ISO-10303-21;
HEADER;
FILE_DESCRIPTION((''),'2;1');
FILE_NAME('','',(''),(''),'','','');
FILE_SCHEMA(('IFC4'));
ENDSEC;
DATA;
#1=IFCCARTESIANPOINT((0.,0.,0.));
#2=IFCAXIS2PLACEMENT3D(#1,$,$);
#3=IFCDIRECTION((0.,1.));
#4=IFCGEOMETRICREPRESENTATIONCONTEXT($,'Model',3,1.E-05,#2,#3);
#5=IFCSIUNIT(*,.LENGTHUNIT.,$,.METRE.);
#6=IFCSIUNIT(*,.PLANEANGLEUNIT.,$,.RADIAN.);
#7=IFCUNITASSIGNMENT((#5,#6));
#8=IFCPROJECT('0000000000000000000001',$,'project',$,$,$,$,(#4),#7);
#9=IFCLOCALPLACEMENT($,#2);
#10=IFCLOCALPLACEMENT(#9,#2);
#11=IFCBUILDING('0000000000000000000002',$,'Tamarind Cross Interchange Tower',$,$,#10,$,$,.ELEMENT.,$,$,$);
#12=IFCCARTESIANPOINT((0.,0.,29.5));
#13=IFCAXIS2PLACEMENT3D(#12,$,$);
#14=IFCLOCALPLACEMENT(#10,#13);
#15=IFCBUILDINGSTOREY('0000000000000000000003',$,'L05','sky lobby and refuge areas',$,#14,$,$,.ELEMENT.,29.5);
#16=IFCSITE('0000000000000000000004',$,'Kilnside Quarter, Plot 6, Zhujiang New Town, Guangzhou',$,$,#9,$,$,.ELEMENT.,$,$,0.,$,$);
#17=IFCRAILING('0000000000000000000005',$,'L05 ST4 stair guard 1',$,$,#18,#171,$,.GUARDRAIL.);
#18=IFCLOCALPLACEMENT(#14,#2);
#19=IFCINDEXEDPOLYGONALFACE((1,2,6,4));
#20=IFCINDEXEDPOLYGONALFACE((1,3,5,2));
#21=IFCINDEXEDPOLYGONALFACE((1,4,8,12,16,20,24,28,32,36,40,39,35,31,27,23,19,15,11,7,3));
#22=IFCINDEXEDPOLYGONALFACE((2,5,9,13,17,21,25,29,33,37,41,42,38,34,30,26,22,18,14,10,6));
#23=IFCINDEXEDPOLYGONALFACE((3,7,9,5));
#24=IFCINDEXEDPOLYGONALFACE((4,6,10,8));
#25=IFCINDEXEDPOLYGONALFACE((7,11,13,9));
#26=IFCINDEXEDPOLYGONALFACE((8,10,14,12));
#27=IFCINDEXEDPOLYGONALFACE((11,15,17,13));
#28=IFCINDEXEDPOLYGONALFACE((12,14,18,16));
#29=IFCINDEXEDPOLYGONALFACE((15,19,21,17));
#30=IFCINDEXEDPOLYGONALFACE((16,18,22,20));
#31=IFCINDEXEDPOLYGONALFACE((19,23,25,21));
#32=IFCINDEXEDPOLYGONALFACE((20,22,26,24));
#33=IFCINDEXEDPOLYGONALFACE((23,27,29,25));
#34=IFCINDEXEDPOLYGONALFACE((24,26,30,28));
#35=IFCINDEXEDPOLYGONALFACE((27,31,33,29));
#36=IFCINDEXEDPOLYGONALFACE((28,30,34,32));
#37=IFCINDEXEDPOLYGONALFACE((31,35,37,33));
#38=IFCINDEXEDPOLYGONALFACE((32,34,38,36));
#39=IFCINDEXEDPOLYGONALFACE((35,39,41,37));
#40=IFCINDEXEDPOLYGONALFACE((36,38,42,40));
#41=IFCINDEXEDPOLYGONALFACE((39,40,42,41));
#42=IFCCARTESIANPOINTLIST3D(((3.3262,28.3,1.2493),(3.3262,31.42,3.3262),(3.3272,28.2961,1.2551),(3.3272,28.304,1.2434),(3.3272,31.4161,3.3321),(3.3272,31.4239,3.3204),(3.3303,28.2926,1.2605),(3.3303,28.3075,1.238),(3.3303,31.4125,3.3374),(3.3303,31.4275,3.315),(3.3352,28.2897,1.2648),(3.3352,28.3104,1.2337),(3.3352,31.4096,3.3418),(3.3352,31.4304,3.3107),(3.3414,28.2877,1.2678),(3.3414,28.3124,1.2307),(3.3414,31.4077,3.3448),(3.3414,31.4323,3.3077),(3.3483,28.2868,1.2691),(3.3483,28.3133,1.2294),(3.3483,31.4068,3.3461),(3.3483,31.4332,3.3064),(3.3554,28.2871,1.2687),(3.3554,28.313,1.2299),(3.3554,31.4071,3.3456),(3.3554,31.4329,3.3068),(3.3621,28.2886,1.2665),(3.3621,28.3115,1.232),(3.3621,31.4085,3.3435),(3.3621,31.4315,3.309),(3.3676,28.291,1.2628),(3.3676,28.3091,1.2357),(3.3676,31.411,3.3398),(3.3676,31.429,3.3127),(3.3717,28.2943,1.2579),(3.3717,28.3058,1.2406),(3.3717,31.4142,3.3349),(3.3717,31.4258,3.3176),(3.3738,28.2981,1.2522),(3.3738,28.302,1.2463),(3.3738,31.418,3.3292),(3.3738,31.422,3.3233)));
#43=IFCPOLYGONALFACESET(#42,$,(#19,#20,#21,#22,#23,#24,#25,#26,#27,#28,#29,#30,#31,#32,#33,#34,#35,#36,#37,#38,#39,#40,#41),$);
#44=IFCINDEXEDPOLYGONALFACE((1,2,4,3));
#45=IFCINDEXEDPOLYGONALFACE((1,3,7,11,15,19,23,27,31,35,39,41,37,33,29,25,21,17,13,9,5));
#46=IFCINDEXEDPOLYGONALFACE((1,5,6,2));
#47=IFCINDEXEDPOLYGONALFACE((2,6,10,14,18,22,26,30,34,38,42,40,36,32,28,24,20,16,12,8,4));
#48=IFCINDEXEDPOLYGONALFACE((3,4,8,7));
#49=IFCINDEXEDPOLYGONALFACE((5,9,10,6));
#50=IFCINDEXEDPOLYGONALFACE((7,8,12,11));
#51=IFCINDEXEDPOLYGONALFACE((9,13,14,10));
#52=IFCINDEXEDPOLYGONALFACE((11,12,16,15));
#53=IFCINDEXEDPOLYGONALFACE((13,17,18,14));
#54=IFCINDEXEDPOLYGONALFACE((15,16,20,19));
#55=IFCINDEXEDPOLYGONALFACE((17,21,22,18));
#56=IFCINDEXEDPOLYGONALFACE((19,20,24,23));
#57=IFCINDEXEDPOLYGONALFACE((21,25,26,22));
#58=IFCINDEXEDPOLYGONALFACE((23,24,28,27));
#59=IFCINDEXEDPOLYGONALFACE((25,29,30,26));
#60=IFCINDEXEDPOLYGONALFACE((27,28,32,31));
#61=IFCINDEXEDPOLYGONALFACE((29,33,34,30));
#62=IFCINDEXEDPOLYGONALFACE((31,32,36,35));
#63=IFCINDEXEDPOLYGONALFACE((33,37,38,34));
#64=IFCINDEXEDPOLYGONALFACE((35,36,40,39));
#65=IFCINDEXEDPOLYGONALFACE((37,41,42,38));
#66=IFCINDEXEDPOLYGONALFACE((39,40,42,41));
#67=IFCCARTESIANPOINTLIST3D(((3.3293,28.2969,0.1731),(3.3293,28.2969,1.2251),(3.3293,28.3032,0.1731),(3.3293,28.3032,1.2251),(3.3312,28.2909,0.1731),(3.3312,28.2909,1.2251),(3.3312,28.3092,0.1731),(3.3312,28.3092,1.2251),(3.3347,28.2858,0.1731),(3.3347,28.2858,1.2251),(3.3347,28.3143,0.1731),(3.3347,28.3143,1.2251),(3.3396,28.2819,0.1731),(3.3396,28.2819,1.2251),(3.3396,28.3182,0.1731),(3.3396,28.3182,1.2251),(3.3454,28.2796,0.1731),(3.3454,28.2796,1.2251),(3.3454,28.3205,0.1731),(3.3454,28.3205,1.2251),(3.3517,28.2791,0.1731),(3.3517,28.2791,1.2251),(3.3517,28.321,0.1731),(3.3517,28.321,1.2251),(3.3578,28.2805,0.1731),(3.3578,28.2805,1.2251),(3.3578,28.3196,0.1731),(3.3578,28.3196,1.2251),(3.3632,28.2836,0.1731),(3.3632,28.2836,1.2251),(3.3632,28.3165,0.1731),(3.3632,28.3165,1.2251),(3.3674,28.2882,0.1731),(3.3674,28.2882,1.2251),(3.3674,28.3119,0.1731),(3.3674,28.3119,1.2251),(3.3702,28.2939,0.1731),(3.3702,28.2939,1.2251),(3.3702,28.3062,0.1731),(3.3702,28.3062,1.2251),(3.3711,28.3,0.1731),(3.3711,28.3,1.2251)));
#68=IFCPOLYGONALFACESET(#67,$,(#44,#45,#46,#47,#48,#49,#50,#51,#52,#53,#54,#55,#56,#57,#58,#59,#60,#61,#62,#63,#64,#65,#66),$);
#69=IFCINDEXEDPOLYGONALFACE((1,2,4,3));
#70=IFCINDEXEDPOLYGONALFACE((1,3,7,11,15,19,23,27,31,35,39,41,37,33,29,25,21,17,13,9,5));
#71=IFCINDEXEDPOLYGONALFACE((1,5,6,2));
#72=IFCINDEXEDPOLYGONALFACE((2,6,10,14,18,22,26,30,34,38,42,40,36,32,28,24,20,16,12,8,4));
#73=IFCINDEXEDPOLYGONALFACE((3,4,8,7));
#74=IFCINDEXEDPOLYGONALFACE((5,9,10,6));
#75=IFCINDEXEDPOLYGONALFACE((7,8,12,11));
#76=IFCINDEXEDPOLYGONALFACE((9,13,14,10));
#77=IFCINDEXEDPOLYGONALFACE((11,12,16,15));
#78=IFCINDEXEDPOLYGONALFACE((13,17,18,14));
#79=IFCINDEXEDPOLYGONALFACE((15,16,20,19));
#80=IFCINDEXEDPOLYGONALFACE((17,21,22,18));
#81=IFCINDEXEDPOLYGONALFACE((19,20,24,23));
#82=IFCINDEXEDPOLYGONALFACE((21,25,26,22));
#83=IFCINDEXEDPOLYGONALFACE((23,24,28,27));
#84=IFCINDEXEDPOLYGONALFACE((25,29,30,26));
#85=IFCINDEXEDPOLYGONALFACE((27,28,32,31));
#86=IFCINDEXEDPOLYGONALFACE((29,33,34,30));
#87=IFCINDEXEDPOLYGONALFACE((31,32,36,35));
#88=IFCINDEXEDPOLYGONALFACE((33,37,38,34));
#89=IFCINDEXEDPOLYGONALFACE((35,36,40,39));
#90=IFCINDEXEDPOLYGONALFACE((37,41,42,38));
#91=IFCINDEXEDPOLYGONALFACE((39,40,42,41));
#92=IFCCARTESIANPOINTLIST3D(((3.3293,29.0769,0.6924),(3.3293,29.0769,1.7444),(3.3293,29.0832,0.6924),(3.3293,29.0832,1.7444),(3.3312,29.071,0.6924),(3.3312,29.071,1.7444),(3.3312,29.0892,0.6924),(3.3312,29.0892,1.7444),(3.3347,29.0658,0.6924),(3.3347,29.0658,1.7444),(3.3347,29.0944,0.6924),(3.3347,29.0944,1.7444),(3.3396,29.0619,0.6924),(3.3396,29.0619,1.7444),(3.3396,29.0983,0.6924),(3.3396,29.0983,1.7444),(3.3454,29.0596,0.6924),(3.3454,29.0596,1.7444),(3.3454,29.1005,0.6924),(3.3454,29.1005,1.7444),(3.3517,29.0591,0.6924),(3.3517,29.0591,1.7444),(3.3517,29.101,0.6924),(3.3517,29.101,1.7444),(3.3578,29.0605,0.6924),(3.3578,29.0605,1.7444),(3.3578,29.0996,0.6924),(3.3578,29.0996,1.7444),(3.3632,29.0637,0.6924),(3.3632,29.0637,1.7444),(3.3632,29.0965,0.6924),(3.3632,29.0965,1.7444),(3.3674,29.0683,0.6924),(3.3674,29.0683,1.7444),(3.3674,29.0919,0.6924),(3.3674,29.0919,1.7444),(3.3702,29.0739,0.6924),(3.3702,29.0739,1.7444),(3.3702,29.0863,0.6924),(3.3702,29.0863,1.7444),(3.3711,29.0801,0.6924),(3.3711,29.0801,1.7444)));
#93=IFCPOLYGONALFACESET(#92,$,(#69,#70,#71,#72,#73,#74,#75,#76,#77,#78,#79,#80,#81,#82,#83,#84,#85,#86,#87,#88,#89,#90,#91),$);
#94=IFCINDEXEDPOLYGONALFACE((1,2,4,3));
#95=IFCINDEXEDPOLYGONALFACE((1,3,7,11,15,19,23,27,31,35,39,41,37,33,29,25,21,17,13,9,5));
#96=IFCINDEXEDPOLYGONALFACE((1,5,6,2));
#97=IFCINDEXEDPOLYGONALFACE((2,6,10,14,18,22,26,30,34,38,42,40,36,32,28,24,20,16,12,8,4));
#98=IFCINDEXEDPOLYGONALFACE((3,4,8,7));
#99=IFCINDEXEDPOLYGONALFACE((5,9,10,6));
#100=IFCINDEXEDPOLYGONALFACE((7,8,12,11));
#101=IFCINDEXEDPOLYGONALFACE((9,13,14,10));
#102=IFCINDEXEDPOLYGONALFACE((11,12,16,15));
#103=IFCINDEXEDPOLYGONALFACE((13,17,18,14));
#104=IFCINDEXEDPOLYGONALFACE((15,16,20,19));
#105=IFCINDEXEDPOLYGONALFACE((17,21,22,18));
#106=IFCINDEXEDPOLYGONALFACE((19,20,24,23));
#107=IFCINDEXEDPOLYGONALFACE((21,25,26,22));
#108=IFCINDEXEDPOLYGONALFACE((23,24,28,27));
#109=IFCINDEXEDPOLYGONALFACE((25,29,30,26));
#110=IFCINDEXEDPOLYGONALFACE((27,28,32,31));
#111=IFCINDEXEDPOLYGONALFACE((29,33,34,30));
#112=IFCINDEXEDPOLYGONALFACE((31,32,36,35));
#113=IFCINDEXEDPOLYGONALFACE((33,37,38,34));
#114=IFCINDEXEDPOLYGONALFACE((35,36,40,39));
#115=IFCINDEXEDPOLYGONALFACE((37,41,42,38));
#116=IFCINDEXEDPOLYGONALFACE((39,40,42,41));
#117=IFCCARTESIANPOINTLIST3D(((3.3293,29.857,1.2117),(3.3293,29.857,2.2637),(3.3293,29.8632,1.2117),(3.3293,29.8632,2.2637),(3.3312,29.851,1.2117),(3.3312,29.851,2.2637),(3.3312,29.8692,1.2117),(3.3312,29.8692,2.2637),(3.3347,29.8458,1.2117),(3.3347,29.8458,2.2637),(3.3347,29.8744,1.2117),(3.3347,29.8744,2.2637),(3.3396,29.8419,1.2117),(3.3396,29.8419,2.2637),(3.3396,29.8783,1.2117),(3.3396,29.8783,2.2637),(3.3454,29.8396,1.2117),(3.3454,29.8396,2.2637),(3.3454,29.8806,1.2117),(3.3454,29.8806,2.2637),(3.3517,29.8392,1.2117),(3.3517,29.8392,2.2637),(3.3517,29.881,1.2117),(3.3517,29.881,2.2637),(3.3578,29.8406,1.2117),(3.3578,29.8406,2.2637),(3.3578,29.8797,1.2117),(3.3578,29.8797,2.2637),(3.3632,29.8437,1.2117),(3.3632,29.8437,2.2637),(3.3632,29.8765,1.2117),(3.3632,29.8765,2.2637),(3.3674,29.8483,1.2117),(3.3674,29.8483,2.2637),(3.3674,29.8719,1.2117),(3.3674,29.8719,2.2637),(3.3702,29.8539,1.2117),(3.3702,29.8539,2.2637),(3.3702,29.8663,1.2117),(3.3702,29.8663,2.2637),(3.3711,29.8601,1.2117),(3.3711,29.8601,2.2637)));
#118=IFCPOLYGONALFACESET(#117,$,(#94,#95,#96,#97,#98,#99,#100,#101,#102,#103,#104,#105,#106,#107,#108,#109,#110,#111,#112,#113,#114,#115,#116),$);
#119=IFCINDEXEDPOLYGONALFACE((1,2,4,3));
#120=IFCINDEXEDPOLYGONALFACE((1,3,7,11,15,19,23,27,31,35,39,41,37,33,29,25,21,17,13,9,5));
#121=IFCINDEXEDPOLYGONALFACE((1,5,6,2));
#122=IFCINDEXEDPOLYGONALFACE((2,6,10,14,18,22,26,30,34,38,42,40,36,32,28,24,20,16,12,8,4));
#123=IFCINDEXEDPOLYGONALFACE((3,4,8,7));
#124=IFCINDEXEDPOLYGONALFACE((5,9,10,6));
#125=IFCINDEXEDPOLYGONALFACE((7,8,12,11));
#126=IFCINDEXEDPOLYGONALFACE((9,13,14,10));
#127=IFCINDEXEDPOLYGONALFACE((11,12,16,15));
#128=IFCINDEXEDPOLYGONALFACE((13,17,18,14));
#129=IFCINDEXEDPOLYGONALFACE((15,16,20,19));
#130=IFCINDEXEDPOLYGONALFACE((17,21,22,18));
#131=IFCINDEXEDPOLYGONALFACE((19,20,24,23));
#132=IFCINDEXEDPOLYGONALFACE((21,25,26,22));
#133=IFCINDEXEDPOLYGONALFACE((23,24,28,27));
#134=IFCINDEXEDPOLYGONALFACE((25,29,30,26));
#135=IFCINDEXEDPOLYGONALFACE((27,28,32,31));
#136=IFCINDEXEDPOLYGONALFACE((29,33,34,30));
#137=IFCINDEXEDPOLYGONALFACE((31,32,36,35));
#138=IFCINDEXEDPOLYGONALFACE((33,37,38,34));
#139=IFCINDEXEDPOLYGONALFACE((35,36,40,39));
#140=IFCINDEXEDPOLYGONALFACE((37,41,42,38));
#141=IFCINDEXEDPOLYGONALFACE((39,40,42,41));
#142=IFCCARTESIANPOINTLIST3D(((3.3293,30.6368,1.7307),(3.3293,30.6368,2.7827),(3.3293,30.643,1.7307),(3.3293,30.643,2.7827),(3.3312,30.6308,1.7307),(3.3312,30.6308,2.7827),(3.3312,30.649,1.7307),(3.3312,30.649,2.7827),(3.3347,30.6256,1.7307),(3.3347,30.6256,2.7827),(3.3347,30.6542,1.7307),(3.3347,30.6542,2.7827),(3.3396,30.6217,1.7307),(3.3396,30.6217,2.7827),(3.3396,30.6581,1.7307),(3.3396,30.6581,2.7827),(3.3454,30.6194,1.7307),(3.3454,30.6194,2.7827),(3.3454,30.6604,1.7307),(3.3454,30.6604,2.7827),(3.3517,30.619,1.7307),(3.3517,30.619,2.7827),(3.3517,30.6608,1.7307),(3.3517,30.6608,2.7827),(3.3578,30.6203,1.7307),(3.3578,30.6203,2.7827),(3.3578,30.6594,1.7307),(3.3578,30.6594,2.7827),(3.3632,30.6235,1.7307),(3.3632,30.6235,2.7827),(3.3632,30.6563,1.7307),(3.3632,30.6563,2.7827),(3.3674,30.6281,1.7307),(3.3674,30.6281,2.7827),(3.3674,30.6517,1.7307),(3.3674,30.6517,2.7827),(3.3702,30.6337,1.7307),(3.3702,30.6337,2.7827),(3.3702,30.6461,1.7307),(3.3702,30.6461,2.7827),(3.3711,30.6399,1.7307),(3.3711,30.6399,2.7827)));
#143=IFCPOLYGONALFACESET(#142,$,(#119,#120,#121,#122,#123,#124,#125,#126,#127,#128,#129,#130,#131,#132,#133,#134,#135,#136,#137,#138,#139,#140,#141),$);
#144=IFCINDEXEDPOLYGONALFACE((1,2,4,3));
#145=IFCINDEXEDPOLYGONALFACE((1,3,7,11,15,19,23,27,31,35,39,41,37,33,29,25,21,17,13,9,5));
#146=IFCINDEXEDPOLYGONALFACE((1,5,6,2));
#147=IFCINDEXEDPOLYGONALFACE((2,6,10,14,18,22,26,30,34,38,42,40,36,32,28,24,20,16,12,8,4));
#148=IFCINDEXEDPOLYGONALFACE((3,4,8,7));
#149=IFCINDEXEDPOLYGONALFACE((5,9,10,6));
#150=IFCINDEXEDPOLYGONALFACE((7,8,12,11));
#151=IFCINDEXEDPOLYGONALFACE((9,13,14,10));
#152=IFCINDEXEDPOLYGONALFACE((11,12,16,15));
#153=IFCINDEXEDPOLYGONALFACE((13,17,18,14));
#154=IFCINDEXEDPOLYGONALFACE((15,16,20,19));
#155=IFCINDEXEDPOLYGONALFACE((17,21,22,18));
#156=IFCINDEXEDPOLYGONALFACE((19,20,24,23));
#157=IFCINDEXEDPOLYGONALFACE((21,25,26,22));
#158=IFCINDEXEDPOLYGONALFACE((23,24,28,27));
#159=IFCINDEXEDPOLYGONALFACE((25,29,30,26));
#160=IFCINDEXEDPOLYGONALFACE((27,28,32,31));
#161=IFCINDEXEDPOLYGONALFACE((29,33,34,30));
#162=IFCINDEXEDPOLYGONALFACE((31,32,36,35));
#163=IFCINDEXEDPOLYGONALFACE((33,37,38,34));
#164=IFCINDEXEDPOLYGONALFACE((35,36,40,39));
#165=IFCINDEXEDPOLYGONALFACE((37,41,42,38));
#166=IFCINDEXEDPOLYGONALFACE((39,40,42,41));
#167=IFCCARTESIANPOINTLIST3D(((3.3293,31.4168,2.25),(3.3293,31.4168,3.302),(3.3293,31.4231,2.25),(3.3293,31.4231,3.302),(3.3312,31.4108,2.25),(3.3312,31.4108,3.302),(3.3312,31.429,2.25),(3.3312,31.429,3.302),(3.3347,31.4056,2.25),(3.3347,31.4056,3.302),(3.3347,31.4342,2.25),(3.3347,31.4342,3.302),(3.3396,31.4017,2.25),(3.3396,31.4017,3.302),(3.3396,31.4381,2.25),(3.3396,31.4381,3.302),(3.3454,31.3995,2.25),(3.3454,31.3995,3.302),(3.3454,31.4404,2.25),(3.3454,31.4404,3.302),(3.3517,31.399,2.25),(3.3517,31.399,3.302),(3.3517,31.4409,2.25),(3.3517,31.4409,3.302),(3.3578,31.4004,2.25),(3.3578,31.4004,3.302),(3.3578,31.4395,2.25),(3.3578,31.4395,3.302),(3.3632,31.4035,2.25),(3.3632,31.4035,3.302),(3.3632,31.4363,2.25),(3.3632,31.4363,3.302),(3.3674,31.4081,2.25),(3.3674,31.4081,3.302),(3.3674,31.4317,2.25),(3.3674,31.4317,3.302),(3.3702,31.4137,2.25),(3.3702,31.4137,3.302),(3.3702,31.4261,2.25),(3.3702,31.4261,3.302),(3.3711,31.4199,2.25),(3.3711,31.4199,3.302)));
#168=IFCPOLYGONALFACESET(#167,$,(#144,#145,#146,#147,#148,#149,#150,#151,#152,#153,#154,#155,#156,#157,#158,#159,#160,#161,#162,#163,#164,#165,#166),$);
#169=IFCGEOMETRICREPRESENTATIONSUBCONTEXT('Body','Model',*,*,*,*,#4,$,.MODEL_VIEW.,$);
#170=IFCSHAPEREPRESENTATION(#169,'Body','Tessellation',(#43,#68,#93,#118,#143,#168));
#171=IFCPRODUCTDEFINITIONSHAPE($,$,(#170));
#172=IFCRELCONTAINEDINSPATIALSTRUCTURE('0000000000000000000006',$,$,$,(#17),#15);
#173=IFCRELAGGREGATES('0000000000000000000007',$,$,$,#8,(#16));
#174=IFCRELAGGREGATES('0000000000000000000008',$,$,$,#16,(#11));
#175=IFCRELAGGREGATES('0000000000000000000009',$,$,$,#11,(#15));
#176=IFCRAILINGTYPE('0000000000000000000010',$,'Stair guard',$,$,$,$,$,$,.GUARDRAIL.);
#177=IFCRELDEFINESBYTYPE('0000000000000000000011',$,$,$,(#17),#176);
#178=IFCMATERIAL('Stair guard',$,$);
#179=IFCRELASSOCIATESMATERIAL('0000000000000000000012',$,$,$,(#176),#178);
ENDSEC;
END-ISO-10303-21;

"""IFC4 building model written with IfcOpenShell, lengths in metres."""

from ifc_helpers import new_model, si_unit, direction, frame, origin, origin_2d, place, context, subcontext, project, spatial, circle, extrude, material, type_object, element, save


model = new_model("IFC4")

# Units and contexts
model_context = context("Model", 3, precision=1e-05, world=origin(), true_north=direction((0.0, 1.0)))
body_context = subcontext(model_context, "Body", "Model", "MODEL_VIEW")
ifc_project = project(units=[si_unit("LENGTHUNIT", "METRE"), si_unit("PLANEANGLEUNIT", "RADIAN")], contexts=[model_context])

# Site, building, storey
site_placement = place(None, origin())
site = spatial("IfcSite", under=ifc_project, at=site_placement, Name="Kilnside Quarter, Plot 6, Zhujiang New Town, Guangzhou", CompositionType="ELEMENT", RefElevation=0.0)
building_placement = place(site_placement, origin())
building = spatial("IfcBuilding", under=site, at=building_placement, Name="Tamarind Cross Interchange Tower", CompositionType="ELEMENT")
storey_placement = place(building_placement, frame((0.0, 0.0, 29.5)))
storey = spatial("IfcBuildingStorey", under=building, at=storey_placement, Name="L05", Description="sky lobby and refuge areas", CompositionType="ELEMENT", Elevation=29.5)

# Railing
ifc_material_1 = material(Name="Stair guard")
railing_type_1 = type_object("IfcRailingType", Name="Stair guard", PredefinedType="GUARDRAIL", material=ifc_material_1)
railing_1_placement = place(storey_placement, frame((3.3501, 28.3, 0.1731)))
element("IfcRailing", 1, at=railing_1_placement, inside=storey, type_object=railing_type_1, Name="L05 ST4 stair guard 1", PredefinedType="GUARDRAIL", context=body_context, shape_type="SweptSolid", body=[
    extrude(circle(Radius=0.0239, at=origin_2d()), frame((0.0, 0.0, 1.0762), z_axis=(0.0, 0.832421, 0.554144), x_axis=(-1.0, 0.0, 0.0)), (0.0, 0.0, 1.0), 3.748),
    extrude(circle(Radius=0.021, at=origin_2d()), origin(), (0.0, 0.0, 1.0), 1.052),
    extrude(circle(Radius=0.021, at=origin_2d()), frame((0.0, 0.78, 0.5193)), (0.0, 0.0, 1.0), 1.052),
    extrude(circle(Radius=0.021, at=origin_2d()), frame((0.0, 1.5601, 1.0386)), (0.0, 0.0, 1.0), 1.052),
    extrude(circle(Radius=0.021, at=origin_2d()), frame((0.0, 2.3398, 1.5576)), (0.0, 0.0, 1.0), 1.052),
    extrude(circle(Radius=0.021, at=origin_2d()), frame((0.0, 3.1199, 2.0769)), (0.0, 0.0, 1.0), 1.052),
])

save(model, "model.ifc")
